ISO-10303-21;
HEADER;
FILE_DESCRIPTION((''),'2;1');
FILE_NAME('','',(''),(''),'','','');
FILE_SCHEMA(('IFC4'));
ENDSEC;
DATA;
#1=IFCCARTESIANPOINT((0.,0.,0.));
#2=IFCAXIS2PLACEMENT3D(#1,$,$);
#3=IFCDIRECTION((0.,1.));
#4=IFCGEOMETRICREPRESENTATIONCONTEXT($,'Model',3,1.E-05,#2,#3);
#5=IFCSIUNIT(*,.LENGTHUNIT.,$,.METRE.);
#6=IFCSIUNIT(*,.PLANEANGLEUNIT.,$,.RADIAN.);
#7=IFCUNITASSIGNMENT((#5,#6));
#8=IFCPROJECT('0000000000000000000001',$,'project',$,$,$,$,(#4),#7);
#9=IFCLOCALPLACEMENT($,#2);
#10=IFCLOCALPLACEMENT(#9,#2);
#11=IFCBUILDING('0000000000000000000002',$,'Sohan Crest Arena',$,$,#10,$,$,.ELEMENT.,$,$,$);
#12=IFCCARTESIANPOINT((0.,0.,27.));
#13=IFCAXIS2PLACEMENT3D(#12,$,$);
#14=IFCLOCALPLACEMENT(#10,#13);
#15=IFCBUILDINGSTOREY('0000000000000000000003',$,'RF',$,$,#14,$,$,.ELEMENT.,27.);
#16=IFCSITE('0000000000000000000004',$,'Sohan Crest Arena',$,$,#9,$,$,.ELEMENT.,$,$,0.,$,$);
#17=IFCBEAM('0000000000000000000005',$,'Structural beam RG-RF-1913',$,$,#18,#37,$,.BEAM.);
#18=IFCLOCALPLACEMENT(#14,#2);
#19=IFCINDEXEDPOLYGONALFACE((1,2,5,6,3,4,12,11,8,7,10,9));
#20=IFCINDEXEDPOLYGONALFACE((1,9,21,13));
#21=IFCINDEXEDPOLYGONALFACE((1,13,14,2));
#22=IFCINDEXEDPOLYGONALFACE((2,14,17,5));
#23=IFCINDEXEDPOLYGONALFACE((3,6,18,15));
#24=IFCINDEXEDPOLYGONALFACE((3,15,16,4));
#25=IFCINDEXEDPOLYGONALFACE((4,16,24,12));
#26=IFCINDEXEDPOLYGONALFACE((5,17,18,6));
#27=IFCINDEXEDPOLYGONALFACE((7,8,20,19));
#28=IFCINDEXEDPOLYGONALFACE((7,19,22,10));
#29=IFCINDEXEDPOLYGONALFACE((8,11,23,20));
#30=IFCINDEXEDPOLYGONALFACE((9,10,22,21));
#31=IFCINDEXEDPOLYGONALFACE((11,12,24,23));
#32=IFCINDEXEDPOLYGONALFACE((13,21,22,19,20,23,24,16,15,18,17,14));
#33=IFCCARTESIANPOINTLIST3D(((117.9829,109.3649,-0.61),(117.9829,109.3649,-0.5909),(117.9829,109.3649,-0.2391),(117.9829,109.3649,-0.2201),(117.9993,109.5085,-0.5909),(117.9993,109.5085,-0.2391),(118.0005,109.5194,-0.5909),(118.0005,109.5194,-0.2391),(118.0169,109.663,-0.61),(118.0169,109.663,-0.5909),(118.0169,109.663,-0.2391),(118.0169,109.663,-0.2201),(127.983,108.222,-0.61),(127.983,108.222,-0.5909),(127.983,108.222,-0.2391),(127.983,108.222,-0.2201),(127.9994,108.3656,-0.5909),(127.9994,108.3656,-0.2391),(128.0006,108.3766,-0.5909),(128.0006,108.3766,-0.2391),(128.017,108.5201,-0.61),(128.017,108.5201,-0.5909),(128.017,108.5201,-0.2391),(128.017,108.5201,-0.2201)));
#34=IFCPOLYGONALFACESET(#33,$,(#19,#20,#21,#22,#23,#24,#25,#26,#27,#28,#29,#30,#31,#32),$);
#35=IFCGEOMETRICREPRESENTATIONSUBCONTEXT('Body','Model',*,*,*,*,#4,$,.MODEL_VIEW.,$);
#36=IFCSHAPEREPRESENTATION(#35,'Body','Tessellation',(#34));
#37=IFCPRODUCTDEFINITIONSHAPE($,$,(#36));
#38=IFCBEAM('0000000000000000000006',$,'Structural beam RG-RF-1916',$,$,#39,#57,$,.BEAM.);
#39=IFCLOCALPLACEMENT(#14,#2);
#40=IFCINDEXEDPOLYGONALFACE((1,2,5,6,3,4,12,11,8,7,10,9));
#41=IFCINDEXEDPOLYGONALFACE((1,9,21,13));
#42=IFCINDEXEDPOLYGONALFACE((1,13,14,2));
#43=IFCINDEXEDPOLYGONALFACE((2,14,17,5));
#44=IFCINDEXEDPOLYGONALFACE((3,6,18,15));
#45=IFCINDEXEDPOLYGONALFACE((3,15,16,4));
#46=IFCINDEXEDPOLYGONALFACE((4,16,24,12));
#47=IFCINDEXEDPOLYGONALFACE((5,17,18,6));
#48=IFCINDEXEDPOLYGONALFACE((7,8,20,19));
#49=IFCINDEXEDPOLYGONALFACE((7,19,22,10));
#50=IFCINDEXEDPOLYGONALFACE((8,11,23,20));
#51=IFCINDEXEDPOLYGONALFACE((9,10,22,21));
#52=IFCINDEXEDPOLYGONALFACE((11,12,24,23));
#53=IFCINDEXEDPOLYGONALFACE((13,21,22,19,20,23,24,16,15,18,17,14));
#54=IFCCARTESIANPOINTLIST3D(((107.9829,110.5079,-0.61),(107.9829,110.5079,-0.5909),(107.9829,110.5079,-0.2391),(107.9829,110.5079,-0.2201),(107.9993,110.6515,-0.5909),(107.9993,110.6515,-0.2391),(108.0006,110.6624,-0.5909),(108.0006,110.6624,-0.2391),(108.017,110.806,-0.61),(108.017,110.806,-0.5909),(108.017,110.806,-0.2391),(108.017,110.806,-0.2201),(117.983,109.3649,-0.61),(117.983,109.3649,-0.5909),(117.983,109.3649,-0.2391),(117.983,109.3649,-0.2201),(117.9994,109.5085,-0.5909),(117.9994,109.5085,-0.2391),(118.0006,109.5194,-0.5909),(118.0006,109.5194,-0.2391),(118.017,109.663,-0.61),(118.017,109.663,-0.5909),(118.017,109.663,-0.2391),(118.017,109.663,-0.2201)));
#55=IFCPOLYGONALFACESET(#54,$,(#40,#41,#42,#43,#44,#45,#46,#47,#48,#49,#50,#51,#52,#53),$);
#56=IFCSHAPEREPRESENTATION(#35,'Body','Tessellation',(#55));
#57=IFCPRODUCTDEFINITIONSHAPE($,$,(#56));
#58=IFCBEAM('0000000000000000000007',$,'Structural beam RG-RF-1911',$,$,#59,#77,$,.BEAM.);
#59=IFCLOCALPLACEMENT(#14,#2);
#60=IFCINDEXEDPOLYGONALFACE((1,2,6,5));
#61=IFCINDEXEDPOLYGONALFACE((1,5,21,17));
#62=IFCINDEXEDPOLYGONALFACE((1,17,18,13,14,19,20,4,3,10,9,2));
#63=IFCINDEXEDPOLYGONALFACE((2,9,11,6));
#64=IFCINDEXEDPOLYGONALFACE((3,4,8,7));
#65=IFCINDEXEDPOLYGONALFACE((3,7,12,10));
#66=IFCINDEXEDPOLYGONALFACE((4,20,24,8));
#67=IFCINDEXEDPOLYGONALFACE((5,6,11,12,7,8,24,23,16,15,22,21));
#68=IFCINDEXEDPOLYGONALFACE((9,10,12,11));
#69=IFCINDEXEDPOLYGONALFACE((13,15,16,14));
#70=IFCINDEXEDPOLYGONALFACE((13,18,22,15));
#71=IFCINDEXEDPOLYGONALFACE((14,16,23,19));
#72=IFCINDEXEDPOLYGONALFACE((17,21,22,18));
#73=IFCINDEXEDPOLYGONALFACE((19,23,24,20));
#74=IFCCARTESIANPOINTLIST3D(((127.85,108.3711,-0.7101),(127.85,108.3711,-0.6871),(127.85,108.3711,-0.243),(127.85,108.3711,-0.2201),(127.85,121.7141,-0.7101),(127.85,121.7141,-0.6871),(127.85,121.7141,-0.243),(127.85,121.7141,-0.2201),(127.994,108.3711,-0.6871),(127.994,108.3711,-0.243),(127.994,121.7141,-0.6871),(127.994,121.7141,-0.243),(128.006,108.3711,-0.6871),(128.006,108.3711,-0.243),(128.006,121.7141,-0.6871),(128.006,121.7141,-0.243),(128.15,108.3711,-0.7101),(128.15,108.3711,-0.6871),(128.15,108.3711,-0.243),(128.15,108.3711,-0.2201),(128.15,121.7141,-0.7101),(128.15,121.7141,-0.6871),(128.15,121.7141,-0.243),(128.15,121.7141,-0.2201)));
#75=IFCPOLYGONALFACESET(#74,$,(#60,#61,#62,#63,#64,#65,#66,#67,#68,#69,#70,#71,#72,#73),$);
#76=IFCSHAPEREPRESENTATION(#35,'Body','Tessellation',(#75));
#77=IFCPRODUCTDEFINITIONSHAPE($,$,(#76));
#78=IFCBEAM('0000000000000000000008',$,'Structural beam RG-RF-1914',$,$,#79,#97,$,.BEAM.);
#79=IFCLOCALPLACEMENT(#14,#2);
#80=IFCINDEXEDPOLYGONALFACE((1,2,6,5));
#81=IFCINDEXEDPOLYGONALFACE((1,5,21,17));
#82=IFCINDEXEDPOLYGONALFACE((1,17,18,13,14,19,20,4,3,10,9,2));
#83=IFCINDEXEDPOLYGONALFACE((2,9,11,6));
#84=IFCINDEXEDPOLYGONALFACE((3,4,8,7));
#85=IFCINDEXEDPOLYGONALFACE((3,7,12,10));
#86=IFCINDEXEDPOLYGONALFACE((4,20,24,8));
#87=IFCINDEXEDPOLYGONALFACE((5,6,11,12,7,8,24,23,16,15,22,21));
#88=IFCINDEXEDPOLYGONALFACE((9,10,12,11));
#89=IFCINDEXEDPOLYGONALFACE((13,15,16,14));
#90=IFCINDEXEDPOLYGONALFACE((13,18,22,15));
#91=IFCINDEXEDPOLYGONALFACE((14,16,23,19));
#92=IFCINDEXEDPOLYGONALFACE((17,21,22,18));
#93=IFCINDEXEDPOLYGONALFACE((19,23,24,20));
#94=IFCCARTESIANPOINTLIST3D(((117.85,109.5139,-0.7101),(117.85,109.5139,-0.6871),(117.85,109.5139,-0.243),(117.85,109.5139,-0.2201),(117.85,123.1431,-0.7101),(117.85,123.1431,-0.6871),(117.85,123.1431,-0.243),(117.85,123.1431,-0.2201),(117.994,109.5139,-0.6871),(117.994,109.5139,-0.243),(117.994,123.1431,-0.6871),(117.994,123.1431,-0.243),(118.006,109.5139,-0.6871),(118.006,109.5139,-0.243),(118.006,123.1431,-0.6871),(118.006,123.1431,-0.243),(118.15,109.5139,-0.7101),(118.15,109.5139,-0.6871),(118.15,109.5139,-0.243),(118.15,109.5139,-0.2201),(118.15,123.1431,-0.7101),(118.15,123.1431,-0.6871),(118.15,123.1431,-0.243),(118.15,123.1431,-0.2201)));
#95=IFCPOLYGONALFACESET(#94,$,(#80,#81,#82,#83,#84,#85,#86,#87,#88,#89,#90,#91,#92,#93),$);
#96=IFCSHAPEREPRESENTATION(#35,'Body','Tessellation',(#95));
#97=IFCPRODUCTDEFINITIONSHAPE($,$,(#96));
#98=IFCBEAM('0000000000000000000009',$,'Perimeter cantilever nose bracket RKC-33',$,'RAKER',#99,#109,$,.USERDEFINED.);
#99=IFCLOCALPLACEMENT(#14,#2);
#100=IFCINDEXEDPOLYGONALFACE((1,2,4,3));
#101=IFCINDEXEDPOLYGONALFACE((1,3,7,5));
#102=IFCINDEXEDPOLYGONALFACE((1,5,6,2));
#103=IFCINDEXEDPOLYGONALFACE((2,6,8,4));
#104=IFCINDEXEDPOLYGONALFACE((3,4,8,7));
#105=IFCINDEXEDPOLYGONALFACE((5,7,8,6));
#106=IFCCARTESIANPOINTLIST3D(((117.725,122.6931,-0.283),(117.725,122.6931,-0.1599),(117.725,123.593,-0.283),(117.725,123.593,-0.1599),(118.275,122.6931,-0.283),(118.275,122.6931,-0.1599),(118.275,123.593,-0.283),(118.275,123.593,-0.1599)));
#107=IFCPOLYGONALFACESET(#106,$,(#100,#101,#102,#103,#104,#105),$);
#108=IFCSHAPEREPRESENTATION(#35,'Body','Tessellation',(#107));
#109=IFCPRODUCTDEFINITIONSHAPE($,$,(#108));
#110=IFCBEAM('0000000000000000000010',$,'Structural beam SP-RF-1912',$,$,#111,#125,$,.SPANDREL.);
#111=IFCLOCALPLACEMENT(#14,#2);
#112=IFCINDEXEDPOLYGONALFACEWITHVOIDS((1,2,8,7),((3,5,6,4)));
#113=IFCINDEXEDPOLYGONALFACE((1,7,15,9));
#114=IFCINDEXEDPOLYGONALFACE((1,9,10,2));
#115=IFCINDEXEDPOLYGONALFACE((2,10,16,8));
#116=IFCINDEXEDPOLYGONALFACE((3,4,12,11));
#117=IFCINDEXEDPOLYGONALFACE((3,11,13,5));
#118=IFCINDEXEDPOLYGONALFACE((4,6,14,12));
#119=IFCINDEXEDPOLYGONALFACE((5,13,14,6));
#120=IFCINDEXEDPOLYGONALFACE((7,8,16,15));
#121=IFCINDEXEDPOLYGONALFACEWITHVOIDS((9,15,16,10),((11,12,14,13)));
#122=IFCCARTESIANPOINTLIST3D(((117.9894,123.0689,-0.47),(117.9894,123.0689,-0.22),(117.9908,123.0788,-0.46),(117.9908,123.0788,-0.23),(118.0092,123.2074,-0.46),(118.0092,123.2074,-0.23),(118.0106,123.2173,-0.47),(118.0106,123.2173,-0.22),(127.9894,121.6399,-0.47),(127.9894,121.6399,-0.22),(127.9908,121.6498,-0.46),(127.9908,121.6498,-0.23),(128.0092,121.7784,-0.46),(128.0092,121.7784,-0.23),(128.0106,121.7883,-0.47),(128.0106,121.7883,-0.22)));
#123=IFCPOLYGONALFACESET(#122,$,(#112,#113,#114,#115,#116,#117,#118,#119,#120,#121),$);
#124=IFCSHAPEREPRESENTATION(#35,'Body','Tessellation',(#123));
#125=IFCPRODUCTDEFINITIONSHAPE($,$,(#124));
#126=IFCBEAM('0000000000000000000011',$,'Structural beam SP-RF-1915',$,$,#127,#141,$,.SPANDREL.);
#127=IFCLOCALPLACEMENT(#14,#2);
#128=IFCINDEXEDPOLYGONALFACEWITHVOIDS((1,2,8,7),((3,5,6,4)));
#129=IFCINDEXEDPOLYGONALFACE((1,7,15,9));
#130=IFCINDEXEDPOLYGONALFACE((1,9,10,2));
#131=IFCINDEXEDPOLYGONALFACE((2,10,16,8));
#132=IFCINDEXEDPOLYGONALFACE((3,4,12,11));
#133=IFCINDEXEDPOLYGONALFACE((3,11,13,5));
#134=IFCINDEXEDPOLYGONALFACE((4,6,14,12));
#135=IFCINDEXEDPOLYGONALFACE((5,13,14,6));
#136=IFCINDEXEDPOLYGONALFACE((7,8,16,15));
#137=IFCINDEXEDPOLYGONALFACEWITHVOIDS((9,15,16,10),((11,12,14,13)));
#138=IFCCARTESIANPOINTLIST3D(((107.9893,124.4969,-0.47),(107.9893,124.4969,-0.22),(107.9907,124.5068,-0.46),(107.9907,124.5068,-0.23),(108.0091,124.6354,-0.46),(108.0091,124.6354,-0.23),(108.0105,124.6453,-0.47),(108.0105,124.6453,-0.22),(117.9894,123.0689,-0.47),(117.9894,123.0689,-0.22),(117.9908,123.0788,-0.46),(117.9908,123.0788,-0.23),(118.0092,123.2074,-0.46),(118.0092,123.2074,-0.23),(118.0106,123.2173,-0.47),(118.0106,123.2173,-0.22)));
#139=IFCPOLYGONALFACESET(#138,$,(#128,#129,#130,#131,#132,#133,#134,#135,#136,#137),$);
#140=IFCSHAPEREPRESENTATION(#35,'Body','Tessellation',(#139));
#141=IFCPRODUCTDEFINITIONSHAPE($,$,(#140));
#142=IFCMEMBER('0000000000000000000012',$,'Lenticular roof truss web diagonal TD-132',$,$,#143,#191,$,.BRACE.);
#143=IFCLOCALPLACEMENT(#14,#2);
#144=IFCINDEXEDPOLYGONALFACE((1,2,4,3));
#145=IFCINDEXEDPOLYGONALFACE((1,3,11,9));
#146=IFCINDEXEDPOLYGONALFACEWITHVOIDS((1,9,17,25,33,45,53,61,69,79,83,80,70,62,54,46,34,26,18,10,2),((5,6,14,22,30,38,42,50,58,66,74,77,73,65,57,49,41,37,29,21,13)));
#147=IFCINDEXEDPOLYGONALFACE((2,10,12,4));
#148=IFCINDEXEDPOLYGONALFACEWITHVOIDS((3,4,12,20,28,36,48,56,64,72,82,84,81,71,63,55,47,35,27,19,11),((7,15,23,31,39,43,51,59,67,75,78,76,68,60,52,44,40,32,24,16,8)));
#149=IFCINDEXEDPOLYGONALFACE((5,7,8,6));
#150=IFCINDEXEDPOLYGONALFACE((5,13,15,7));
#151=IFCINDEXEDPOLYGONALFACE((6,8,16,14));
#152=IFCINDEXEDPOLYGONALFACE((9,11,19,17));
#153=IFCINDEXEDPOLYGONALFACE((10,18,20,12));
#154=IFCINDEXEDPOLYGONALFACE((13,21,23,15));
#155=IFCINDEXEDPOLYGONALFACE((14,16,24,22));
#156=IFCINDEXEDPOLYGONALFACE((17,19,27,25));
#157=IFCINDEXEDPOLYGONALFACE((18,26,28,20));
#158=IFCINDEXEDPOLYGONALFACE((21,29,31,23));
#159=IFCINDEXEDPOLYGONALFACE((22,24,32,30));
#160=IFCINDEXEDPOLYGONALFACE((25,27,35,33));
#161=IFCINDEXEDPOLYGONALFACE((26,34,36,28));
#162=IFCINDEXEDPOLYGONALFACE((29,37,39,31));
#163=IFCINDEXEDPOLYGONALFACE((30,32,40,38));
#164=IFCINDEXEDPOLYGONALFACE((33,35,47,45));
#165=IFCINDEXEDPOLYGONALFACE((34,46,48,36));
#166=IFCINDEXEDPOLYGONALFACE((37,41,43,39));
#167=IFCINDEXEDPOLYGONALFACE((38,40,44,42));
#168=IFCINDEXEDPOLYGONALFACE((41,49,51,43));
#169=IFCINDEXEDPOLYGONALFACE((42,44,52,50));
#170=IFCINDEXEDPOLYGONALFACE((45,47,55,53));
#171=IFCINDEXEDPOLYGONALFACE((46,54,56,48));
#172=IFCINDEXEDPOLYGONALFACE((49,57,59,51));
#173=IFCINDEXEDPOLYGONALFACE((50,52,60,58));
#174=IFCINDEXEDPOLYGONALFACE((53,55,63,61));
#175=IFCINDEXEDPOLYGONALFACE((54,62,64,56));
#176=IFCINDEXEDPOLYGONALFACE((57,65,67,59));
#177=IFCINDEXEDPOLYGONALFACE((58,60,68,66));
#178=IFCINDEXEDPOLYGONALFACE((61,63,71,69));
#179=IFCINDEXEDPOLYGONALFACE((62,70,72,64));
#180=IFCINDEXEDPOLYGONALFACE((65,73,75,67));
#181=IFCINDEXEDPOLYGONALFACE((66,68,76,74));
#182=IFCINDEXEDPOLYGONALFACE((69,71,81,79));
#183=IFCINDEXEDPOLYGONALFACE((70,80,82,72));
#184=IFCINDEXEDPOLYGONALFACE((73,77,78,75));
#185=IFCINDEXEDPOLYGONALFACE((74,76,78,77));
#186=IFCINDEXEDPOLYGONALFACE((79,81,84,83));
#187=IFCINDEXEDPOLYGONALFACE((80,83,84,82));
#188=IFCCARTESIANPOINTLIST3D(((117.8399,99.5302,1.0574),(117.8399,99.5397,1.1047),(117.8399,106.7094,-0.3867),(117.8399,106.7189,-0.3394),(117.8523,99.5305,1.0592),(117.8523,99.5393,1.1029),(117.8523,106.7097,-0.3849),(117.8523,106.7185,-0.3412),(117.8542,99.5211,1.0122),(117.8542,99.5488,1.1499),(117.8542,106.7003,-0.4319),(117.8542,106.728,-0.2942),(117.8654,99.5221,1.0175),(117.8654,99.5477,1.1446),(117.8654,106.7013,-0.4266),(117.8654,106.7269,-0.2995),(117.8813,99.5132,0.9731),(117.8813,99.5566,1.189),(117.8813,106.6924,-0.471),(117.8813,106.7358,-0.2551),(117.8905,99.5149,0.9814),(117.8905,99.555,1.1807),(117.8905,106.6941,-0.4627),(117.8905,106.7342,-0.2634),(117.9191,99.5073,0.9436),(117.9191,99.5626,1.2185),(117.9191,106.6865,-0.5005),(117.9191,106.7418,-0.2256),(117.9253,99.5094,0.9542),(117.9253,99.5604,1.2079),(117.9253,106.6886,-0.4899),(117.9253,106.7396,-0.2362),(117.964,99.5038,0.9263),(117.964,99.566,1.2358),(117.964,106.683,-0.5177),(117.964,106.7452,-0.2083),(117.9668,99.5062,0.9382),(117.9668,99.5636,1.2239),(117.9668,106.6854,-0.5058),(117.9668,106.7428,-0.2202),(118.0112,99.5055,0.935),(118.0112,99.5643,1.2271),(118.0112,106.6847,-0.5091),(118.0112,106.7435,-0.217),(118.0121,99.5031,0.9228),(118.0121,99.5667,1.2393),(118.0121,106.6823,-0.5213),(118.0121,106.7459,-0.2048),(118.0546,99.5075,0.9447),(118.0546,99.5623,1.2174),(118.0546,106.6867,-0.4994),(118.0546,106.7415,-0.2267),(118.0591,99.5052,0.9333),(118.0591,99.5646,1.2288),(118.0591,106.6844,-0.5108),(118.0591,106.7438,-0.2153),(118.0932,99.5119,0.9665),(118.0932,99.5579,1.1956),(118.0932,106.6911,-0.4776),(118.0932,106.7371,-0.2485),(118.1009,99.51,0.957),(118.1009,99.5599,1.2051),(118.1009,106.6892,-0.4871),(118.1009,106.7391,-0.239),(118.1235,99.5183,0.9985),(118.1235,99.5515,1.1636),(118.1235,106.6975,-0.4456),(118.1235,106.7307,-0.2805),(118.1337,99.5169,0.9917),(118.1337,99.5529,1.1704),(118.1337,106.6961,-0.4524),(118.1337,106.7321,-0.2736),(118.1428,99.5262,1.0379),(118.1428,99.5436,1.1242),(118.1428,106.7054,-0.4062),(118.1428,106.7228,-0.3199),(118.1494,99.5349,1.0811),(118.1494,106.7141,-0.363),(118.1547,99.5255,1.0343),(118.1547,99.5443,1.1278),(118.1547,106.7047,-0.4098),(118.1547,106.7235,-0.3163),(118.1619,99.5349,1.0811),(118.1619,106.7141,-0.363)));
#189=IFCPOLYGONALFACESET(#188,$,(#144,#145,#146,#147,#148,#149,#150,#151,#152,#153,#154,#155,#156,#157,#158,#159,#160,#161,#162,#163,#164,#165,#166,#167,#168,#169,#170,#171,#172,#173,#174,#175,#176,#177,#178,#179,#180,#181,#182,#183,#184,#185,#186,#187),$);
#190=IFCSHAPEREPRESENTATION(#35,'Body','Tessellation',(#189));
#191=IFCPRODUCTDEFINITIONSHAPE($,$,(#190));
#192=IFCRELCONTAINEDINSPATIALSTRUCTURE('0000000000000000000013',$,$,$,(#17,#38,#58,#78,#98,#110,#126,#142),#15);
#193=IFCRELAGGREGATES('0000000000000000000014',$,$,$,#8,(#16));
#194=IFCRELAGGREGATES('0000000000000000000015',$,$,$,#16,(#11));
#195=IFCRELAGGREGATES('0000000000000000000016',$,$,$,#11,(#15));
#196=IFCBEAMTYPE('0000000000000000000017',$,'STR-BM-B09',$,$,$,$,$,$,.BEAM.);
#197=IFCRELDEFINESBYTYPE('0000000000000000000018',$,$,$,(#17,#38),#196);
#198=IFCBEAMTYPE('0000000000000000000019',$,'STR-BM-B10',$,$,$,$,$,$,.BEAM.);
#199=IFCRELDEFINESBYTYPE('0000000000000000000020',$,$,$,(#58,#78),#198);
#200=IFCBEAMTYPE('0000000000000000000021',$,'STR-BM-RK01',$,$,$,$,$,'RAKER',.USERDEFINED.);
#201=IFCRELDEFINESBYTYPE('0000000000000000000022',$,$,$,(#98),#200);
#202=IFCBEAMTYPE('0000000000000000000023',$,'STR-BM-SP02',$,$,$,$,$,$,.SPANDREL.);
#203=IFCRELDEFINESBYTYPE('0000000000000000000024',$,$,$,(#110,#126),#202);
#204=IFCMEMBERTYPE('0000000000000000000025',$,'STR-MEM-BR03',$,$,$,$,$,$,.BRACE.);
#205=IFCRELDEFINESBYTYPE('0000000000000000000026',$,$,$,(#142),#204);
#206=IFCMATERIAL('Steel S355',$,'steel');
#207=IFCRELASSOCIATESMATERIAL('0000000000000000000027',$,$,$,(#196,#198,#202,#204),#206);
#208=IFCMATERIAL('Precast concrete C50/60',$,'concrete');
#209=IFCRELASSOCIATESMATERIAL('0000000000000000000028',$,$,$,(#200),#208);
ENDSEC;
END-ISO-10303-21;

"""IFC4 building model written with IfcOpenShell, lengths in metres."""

from ifc_helpers import new_model, si_unit, direction, frame, origin, origin_2d, place, context, subcontext, project, spatial, rectangle, hollow_rectangle, hollow_circle, i_section, extrude, material, material_profile, profile_set, type_object, element, save


model = new_model("IFC4")

# Units and contexts
model_context = context("Model", 3, precision=1e-05, world=origin(), true_north=direction((0.0, 1.0)))
body_context = subcontext(model_context, "Body", "Model", "MODEL_VIEW")
ifc_project = project(units=[si_unit("LENGTHUNIT", "METRE"), si_unit("PLANEANGLEUNIT", "RADIAN")], contexts=[model_context])

# Site, building, storey
site_placement = place(None, origin())
site = spatial("IfcSite", under=ifc_project, at=site_placement, Name="Sohan Crest Arena", CompositionType="ELEMENT", RefElevation=0.0)
building_placement = place(site_placement, origin())
building = spatial("IfcBuilding", under=site, at=building_placement, Name="Sohan Crest Arena", CompositionType="ELEMENT")
storey_placement = place(building_placement, frame((0.0, 0.0, 27.0)))
storey = spatial("IfcBuildingStorey", under=building, at=storey_placement, Name="RF", CompositionType="ELEMENT", Elevation=27.0)

# Beams
ifc_material_1 = material(Name="Steel S355", Category="steel")
ifc_material_profile_1 = material_profile(ifc_material_1, i_section(OverallWidth=0.3, OverallDepth=0.3899, WebThickness=0.011, FlangeThickness=0.019, at=origin_2d()), Name="HEA 400")
ifc_profile_set_1 = profile_set([ifc_material_profile_1], Name="Steel S355")
beam_type_1 = type_object("IfcBeamType", Name="STR-BM-B09", PredefinedType="BEAM", material=ifc_profile_set_1)
for number, where, z_axis, x_axis, name in (
    (1, (128.0, 108.3711, -0.415), (-0.993533, 0.113543, 0.0), (-0.113543, -0.993533, 0.0), "Structural beam RG-RF-1913"),
    (2, (118.0, 109.5139, -0.415), (-0.99353, 0.113567, 0.0), (-0.113567, -0.99353, 0.0), "Structural beam RG-RF-1916"),
):
    element("IfcBeam", number, at=place(storey_placement, frame(where, z_axis=z_axis, x_axis=x_axis)), inside=storey, type_object=beam_type_1, Name=name, PredefinedType="BEAM", context=body_context, shape_type="SweptSolid", body=[
        extrude(i_section(OverallWidth=0.3, OverallDepth=0.3899, WebThickness=0.011, FlangeThickness=0.019, at=origin_2d()), origin(), (0.0, 0.0, 1.0), 10.0652),
    ])
ifc_material_profile_2 = material_profile(ifc_material_1, i_section(OverallWidth=0.3, OverallDepth=0.49, WebThickness=0.012, FlangeThickness=0.0229, at=origin_2d()), Name="HEA 500")
ifc_profile_set_2 = profile_set([ifc_material_profile_2], Name="Steel S355")
beam_type_2 = type_object("IfcBeamType", Name="STR-BM-B10", PredefinedType="BEAM", material=ifc_profile_set_2)
beam_1_placement = place(storey_placement, frame((128.0, 108.3711, -0.4651), z_axis=(0.0, 1.0, 0.0), x_axis=(-1.0, 0.0, 0.0)))
element("IfcBeam", 3, at=beam_1_placement, inside=storey, type_object=beam_type_2, Name="Structural beam RG-RF-1911", PredefinedType="BEAM", context=body_context, shape_type="SweptSolid", body=[
    extrude(i_section(OverallWidth=0.3, OverallDepth=0.49, WebThickness=0.012, FlangeThickness=0.0229, at=origin_2d()), origin(), (0.0, 0.0, 1.0), 13.343),
])
beam_2_placement = place(storey_placement, frame((118.0, 109.5139, -0.4651), z_axis=(0.0, 1.0, 0.0), x_axis=(-1.0, 0.0, 0.0)))
element("IfcBeam", 4, at=beam_2_placement, inside=storey, type_object=beam_type_2, Name="Structural beam RG-RF-1914", PredefinedType="BEAM", context=body_context, shape_type="SweptSolid", body=[
    extrude(i_section(OverallWidth=0.3, OverallDepth=0.49, WebThickness=0.012, FlangeThickness=0.0229, at=origin_2d()), origin(), (0.0, 0.0, 1.0), 13.6292),
])
ifc_material_2 = material(Name="Precast concrete C50/60", Category="concrete")
ifc_material_profile_3 = material_profile(ifc_material_2, rectangle(XDim=0.55, YDim=0.8999, at=origin_2d()), Name="RAKER 550x900")
ifc_profile_set_3 = profile_set([ifc_material_profile_3], Name="Precast concrete C50/60")
beam_type_3 = type_object("IfcBeamType", Name="STR-BM-RK01", ElementType="RAKER", PredefinedType="USERDEFINED", material=ifc_profile_set_3)
beam_3_placement = place(storey_placement, frame((118.0, 123.1431, -0.283), z_axis=(0.0, 0.0, 1.0), x_axis=(1.0, 0.0, 0.0)))
element("IfcBeam", 5, at=beam_3_placement, inside=storey, type_object=beam_type_3, Name="Perimeter cantilever nose bracket RKC-33", ObjectType="RAKER", PredefinedType="USERDEFINED", context=body_context, shape_type="SweptSolid", body=[
    extrude(rectangle(XDim=0.55, YDim=0.8999, at=origin_2d()), origin(), (0.0, 0.0, 1.0), 0.123),
])
ifc_material_profile_4 = material_profile(ifc_material_1, hollow_rectangle(XDim=0.1499, YDim=0.25, WallThickness=0.01, at=origin_2d()), Name="RHS 250x150x10")
ifc_profile_set_4 = profile_set([ifc_material_profile_4], Name="Steel S355")
beam_type_4 = type_object("IfcBeamType", Name="STR-BM-SP02", PredefinedType="SPANDREL", material=ifc_profile_set_4)
for number, where, z_axis, x_axis, name in (
    (6, (128.0, 121.7141, -0.345), (-0.989944, 0.141459, 0.0), (-0.141459, -0.989944, 0.0), "Structural beam SP-RF-1912"),
    (7, (118.0, 123.1431, -0.345), (-0.989958, 0.141364, 0.0), (-0.141364, -0.989958, 0.0), "Structural beam SP-RF-1915"),
):
    element("IfcBeam", number, at=place(storey_placement, frame(where, z_axis=z_axis, x_axis=x_axis)), inside=storey, type_object=beam_type_4, Name=name, PredefinedType="SPANDREL", context=body_context, shape_type="SweptSolid", body=[
        extrude(hollow_rectangle(XDim=0.1499, YDim=0.25, WallThickness=0.01, at=origin_2d()), origin(), (0.0, 0.0, 1.0), 10.1016),
    ])

# Member
ifc_material_profile_5 = material_profile(ifc_material_1, hollow_circle(Radius=0.1619, WallThickness=0.0125, at=origin_2d()), Name="CHS 323.9x12.5")
ifc_profile_set_5 = profile_set([ifc_material_profile_5], Name="Steel S355")
member_type_1 = type_object("IfcMemberType", Name="STR-MEM-BR03", PredefinedType="BRACE", material=ifc_profile_set_5)
member_1_placement = place(storey_placement, frame((118.0, 106.7141, -0.363), z_axis=(0.0, -0.980363, 0.1972), x_axis=(1.0, 0.0, 0.0)))
element("IfcMember", 8, at=member_1_placement, inside=storey, type_object=member_type_1, Name="Lenticular roof truss web diagonal TD-132", PredefinedType="BRACE", context=body_context, shape_type="SweptSolid", body=[
    extrude(hollow_circle(Radius=0.1619, WallThickness=0.0125, at=origin_2d()), origin(), (0.0, 0.0, 1.0), 7.323),
])

save(model, "model.ifc")
